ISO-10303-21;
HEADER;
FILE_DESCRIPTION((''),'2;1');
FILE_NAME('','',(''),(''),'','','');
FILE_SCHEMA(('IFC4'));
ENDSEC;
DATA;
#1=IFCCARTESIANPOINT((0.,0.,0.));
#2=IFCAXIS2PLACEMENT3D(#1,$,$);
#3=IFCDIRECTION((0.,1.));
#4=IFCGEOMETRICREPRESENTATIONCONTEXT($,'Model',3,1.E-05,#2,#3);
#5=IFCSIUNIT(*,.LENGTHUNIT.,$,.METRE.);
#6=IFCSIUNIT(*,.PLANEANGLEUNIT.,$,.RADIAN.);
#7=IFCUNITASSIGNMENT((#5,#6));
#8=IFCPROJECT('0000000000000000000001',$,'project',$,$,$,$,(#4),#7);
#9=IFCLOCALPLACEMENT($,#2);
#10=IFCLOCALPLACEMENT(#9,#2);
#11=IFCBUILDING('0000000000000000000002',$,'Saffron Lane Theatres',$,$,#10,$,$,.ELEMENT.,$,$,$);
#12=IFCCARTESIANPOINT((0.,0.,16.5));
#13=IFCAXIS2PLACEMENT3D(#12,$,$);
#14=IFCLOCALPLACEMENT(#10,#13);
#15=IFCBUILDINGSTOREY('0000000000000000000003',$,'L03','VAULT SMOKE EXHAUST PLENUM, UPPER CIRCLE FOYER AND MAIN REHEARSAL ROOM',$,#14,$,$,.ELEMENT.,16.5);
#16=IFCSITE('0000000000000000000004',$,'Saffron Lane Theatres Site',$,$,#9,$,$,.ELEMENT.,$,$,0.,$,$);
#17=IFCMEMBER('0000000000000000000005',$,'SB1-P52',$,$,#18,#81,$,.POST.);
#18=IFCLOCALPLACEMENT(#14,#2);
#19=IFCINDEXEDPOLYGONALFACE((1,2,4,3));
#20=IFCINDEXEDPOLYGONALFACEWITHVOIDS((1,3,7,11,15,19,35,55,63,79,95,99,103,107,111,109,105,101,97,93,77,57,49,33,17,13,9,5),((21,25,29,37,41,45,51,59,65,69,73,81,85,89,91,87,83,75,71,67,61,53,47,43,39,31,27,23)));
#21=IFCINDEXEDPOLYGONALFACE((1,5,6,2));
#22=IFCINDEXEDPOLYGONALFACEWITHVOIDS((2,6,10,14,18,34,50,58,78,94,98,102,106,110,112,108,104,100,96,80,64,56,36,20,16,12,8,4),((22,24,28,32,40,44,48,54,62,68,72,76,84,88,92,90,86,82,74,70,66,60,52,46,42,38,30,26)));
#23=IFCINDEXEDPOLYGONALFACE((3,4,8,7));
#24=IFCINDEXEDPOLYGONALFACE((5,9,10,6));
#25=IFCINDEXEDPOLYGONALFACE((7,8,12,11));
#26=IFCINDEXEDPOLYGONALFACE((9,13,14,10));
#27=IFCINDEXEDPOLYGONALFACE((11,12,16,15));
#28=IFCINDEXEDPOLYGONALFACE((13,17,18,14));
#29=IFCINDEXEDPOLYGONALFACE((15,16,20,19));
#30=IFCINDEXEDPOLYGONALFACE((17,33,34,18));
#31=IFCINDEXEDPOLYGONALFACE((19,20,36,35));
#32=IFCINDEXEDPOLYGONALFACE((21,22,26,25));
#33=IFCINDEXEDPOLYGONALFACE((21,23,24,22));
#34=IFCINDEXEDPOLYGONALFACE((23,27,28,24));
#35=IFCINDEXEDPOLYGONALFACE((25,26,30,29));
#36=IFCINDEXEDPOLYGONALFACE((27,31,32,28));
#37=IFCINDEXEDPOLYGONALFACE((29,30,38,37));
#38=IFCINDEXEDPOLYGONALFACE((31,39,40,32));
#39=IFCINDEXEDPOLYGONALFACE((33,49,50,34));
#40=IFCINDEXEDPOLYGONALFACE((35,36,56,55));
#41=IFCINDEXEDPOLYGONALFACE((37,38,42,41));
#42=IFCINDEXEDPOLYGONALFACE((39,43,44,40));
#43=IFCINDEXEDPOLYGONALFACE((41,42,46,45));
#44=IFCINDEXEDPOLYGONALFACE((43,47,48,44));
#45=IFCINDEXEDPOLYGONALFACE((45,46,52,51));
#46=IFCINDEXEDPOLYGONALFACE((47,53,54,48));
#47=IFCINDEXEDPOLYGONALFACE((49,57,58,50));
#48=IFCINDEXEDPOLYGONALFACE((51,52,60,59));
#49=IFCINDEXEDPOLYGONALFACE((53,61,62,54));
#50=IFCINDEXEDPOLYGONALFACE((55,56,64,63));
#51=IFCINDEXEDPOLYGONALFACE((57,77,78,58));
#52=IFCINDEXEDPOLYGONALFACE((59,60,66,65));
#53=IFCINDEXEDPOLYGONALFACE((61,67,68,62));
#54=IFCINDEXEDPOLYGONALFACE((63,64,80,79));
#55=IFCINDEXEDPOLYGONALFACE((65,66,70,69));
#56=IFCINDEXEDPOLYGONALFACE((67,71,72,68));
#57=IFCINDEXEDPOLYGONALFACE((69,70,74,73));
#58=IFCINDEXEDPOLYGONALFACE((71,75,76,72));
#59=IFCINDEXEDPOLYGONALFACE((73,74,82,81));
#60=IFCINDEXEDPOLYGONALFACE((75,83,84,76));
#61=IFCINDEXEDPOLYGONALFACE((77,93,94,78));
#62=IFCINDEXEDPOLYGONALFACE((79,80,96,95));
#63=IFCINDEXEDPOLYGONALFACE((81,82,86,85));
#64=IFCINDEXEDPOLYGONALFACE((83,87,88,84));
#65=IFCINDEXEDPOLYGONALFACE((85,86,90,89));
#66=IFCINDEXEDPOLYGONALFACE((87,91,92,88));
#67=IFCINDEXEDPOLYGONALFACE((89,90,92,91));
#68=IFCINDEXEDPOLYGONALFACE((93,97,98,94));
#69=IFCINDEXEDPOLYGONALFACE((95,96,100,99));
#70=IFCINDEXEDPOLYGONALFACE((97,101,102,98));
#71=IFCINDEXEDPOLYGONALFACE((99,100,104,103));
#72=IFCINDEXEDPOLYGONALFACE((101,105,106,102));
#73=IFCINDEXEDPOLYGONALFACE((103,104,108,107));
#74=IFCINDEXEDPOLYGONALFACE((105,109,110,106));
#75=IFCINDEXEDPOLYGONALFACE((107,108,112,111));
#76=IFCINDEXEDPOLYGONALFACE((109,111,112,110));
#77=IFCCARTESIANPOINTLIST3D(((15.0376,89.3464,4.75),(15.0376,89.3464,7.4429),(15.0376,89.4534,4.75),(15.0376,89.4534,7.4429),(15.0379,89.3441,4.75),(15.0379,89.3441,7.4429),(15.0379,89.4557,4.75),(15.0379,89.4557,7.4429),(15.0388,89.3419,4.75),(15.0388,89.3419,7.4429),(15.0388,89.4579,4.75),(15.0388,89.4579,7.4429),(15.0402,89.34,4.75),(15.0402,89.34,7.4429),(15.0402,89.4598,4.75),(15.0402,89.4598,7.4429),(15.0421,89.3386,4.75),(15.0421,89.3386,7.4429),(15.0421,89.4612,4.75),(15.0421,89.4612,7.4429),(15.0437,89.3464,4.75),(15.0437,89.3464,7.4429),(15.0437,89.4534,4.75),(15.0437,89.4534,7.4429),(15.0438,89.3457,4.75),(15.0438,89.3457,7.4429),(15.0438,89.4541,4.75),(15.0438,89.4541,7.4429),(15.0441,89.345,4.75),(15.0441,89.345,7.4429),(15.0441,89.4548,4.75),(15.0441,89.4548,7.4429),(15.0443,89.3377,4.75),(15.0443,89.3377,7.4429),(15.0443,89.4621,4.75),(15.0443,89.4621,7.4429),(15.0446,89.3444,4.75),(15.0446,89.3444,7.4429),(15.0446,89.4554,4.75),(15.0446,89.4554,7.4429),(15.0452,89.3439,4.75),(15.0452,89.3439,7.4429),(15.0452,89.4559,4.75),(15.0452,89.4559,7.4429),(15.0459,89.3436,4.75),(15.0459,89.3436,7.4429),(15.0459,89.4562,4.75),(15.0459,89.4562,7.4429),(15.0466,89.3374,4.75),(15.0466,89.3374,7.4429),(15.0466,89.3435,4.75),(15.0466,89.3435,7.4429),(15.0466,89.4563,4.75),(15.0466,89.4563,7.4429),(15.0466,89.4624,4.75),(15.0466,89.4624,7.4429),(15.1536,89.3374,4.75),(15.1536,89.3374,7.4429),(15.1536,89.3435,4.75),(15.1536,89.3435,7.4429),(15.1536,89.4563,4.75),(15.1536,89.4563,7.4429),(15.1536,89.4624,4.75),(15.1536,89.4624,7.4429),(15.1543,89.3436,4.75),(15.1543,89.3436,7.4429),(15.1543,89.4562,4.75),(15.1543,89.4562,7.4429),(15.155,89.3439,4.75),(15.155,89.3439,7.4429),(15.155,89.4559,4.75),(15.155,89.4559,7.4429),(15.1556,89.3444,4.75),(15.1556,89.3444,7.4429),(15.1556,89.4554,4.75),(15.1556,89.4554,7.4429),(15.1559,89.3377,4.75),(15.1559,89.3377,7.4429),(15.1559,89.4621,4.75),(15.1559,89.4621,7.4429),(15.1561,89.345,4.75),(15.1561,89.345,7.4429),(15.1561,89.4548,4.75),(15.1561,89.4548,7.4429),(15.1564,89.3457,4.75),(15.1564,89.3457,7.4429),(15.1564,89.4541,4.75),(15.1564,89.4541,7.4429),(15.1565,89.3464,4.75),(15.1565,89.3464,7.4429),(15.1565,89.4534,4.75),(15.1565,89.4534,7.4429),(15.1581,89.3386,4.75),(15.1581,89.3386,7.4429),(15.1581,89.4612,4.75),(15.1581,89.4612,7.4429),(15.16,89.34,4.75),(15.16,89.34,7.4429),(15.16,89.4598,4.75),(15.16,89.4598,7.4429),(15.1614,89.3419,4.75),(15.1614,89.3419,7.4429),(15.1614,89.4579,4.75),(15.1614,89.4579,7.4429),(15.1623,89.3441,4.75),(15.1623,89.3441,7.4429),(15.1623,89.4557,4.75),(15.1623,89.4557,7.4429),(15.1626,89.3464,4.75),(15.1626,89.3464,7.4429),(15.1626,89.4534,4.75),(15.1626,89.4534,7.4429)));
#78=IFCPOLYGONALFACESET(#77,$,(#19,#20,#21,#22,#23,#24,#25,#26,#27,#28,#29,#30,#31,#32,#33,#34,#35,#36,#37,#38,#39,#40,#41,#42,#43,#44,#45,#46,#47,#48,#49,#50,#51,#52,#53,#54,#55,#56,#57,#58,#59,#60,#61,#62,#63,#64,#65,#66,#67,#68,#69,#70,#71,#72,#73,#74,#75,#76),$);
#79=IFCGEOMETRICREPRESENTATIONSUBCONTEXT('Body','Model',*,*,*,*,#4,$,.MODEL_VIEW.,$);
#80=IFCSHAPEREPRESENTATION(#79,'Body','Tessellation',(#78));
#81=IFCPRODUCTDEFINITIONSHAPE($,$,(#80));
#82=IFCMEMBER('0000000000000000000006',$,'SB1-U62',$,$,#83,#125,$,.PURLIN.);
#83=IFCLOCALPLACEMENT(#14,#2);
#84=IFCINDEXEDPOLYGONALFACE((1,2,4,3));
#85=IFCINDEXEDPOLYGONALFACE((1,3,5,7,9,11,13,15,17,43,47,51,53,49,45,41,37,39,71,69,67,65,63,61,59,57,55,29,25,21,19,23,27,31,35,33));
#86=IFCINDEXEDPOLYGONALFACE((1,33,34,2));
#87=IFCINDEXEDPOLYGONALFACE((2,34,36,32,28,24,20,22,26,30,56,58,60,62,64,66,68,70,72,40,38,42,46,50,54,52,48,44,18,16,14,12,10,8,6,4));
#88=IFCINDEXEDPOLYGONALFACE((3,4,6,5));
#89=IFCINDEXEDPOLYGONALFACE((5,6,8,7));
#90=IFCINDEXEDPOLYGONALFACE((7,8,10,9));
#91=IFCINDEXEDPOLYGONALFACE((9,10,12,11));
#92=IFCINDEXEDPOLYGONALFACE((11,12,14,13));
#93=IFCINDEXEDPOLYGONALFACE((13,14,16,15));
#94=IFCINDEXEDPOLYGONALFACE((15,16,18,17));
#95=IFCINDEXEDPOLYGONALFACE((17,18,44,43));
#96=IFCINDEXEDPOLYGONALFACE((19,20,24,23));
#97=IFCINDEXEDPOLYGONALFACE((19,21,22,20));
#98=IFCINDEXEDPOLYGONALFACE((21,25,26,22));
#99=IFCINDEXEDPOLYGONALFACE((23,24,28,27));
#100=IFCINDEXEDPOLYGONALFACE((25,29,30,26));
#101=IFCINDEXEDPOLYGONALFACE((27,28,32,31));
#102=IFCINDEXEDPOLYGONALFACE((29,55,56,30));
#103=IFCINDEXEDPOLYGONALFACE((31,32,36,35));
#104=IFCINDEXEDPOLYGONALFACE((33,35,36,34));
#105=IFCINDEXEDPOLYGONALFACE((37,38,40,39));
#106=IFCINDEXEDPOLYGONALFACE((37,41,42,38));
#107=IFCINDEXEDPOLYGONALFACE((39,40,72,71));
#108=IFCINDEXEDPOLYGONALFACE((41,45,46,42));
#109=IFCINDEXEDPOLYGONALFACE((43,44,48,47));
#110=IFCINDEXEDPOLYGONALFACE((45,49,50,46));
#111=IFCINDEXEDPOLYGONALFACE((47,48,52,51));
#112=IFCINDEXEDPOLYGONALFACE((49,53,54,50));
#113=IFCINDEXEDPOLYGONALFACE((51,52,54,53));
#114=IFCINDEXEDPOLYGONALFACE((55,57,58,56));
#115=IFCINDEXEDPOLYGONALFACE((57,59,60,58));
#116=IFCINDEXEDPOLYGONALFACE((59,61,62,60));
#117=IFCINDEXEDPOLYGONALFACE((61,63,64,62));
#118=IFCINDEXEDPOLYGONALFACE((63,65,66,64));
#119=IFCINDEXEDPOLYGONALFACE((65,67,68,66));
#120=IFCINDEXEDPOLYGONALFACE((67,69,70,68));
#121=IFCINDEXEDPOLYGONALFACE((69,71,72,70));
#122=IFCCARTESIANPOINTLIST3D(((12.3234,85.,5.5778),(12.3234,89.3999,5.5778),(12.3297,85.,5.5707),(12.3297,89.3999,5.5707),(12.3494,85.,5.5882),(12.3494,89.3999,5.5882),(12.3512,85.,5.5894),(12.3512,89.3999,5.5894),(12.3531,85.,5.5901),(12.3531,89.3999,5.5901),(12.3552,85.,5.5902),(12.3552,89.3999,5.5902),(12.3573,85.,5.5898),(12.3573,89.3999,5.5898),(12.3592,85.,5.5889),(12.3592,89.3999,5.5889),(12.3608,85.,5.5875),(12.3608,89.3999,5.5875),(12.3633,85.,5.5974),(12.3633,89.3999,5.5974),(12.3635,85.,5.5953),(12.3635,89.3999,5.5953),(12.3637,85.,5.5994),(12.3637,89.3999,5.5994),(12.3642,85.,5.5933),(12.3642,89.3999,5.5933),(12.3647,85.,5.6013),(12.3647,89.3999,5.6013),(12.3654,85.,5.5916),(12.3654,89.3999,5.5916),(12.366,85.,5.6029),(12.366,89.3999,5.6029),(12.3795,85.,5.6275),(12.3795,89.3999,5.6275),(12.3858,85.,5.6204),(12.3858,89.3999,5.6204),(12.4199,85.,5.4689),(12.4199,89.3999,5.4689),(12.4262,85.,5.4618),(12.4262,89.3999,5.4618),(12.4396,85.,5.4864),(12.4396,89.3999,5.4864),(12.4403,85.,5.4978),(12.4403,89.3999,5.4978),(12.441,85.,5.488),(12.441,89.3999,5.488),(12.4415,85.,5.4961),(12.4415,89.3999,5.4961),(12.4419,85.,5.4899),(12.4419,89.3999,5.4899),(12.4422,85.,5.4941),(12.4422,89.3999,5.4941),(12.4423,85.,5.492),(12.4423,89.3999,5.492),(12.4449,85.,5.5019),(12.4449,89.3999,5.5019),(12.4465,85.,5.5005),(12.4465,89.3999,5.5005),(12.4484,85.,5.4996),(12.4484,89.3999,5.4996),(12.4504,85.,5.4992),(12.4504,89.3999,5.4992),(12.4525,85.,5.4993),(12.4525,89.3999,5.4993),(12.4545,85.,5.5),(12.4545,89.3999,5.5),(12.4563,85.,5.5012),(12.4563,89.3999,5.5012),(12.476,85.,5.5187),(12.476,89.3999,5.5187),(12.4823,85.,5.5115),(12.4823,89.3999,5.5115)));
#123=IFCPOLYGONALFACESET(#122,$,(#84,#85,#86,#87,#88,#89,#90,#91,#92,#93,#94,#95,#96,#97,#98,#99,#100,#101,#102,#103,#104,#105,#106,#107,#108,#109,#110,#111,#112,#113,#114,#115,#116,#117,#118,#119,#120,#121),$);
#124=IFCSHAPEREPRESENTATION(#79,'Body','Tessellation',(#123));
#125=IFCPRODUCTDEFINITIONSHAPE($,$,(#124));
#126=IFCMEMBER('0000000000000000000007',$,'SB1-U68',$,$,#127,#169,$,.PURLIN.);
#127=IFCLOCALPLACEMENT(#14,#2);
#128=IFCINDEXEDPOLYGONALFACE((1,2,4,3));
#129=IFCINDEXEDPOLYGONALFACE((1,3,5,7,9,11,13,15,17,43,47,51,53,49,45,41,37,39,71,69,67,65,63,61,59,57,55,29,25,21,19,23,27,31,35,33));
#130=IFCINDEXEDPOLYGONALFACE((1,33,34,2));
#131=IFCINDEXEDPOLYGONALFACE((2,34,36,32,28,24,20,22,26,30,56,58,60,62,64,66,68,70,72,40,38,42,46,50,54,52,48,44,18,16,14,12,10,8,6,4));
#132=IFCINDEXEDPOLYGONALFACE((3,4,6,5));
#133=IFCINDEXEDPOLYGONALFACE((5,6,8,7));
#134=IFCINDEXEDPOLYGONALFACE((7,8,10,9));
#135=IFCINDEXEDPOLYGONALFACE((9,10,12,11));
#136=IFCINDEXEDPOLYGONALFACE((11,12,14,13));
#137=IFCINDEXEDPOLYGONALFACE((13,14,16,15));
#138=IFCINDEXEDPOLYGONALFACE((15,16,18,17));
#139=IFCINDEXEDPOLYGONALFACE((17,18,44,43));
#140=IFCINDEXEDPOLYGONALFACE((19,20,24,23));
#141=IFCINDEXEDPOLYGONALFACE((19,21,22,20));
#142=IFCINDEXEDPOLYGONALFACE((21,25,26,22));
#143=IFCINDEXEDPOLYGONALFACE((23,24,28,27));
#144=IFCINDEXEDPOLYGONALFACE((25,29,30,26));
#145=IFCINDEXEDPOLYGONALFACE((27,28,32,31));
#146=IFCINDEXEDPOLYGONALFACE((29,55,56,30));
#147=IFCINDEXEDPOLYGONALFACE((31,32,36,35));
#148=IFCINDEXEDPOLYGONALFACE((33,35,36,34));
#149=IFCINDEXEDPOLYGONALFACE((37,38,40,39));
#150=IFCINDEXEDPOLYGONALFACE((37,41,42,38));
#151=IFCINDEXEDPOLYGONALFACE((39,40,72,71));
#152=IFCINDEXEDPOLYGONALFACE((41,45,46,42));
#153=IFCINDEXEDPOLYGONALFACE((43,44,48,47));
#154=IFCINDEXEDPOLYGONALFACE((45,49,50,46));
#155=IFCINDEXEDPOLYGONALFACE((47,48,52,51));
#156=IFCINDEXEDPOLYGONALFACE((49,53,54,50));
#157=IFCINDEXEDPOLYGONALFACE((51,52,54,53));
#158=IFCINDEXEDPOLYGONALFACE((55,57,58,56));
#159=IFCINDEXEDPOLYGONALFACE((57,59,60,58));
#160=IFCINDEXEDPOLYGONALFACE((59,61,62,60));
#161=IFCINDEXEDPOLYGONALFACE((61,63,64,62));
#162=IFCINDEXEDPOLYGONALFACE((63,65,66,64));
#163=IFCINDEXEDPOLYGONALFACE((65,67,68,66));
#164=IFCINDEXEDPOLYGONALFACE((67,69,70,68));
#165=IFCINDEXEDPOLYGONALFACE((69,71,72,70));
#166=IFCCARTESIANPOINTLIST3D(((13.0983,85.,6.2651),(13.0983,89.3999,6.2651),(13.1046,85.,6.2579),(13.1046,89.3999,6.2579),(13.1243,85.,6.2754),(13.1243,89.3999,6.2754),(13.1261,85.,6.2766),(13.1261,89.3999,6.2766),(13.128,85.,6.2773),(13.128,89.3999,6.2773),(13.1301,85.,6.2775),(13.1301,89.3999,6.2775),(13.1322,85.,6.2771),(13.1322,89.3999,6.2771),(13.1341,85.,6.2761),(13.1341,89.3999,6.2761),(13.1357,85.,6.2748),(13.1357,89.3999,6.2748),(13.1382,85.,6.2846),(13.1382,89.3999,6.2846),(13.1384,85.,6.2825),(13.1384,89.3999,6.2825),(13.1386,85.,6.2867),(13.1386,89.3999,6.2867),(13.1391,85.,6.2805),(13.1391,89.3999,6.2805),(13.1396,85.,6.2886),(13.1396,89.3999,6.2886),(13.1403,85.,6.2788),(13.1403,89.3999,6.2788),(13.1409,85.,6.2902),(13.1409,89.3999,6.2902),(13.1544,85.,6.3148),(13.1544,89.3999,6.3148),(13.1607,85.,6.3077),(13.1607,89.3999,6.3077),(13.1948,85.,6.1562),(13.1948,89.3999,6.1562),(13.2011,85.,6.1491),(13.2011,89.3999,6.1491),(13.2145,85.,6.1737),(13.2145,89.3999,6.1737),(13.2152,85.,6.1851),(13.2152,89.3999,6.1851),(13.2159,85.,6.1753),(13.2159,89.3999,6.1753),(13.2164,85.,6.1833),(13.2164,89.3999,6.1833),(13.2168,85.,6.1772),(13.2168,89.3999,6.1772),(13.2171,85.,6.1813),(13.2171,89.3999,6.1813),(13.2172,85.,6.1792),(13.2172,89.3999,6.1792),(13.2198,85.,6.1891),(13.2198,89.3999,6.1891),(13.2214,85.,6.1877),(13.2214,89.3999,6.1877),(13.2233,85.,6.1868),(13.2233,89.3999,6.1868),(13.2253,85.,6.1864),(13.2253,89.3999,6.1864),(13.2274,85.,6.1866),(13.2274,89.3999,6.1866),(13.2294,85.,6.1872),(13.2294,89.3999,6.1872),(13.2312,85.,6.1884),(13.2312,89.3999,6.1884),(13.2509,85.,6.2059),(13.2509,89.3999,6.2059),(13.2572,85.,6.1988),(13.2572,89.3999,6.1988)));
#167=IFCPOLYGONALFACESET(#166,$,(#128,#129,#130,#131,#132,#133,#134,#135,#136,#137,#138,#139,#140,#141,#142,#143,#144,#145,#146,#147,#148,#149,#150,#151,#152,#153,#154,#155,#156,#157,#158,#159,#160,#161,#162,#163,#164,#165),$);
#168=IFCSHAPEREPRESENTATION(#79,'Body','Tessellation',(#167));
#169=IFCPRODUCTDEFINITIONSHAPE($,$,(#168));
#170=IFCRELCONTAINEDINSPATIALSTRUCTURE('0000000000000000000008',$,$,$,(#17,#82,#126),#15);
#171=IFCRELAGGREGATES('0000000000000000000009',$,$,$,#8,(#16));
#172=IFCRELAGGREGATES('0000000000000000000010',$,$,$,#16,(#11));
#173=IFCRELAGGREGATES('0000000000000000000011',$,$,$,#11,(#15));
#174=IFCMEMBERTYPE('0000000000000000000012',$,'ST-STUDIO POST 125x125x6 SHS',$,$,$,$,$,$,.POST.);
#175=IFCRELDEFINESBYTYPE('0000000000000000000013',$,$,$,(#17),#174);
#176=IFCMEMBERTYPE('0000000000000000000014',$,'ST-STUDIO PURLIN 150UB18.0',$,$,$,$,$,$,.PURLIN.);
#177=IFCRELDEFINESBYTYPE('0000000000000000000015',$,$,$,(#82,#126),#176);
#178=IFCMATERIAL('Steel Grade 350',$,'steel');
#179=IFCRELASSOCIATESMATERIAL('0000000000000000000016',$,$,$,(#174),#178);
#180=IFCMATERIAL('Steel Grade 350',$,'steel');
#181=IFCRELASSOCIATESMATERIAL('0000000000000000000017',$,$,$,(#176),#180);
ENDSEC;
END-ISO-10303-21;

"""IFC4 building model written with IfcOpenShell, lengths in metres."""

from ifc_helpers import new_model, si_unit, direction, frame, origin, origin_2d, place, context, subcontext, project, spatial, hollow_rectangle, i_section, extrude, material, material_profile, profile_set, type_object, element, save


model = new_model("IFC4")

# Units and contexts
model_context = context("Model", 3, precision=1e-05, world=origin(), true_north=direction((0.0, 1.0)))
body_context = subcontext(model_context, "Body", "Model", "MODEL_VIEW")
ifc_project = project(units=[si_unit("LENGTHUNIT", "METRE"), si_unit("PLANEANGLEUNIT", "RADIAN")], contexts=[model_context])

# Site, building, storey
site_placement = place(None, origin())
site = spatial("IfcSite", under=ifc_project, at=site_placement, Name="Saffron Lane Theatres Site", CompositionType="ELEMENT", RefElevation=0.0)
building_placement = place(site_placement, origin())
building = spatial("IfcBuilding", under=site, at=building_placement, Name="Saffron Lane Theatres", CompositionType="ELEMENT")
storey_placement = place(building_placement, frame((0.0, 0.0, 16.5)))
storey = spatial("IfcBuildingStorey", under=building, at=storey_placement, Name="L03", Description="VAULT SMOKE EXHAUST PLENUM, UPPER CIRCLE FOYER AND MAIN REHEARSAL ROOM", CompositionType="ELEMENT", Elevation=16.5)

# Members
ifc_material_1 = material(Name="Steel Grade 350", Category="steel")
ifc_material_profile_1 = material_profile(ifc_material_1, hollow_rectangle(XDim=0.125, YDim=0.125, WallThickness=0.0061, InnerFilletRadius=0.0029, OuterFilletRadius=0.009, at=origin_2d()))
ifc_profile_set_1 = profile_set([ifc_material_profile_1], Name="Steel Grade 350")
member_type_1 = type_object("IfcMemberType", Name="ST-STUDIO POST 125x125x6 SHS", PredefinedType="POST", material=ifc_profile_set_1)
member_1_placement = place(storey_placement, frame((15.1001, 89.3999, 4.75), z_axis=(0.0, 0.0, 1.0), x_axis=(1.0, 0.0, 0.0)))
element("IfcMember", 1, at=member_1_placement, inside=storey, type_object=member_type_1, Name="SB1-P52", PredefinedType="POST", context=body_context, shape_type="SweptSolid", body=[
    extrude(hollow_rectangle(XDim=0.125, YDim=0.125, WallThickness=0.0061, InnerFilletRadius=0.0029, OuterFilletRadius=0.009, at=origin_2d()), origin(), (0.0, 0.0, 1.0), 2.6929),
])
ifc_material_2 = material(Name="Steel Grade 350", Category="steel")
ifc_material_profile_2 = material_profile(ifc_material_2, i_section(OverallWidth=0.075, OverallDepth=0.155, WebThickness=0.0061, FlangeThickness=0.0095, FilletRadius=0.0081, at=origin_2d()))
ifc_profile_set_2 = profile_set([ifc_material_profile_2], Name="Steel Grade 350")
member_type_2 = type_object("IfcMemberType", Name="ST-STUDIO PURLIN 150UB18.0", PredefinedType="PURLIN", material=ifc_profile_set_2)
for number, where, z_axis, x_axis, name in (
    (2, (12.4028, 85.0, 5.5447), (0.0, 1.0, 0.0), (-0.748269, 0.0, -0.663396), "SB1-U62"),
    (3, (13.1777, 85.0, 6.2319), (0.0, 1.0, 0.0), (-0.748269, 0.0, -0.663396), "SB1-U68"),
):
    element("IfcMember", number, at=place(storey_placement, frame(where, z_axis=z_axis, x_axis=x_axis)), inside=storey, type_object=member_type_2, Name=name, PredefinedType="PURLIN", context=body_context, shape_type="SweptSolid", body=[
        extrude(i_section(OverallWidth=0.075, OverallDepth=0.155, WebThickness=0.0061, FlangeThickness=0.0095, FilletRadius=0.0081, at=origin_2d()), origin(), (0.0, 0.0, 1.0), 4.3999),
    ])

save(model, "model.ifc")
